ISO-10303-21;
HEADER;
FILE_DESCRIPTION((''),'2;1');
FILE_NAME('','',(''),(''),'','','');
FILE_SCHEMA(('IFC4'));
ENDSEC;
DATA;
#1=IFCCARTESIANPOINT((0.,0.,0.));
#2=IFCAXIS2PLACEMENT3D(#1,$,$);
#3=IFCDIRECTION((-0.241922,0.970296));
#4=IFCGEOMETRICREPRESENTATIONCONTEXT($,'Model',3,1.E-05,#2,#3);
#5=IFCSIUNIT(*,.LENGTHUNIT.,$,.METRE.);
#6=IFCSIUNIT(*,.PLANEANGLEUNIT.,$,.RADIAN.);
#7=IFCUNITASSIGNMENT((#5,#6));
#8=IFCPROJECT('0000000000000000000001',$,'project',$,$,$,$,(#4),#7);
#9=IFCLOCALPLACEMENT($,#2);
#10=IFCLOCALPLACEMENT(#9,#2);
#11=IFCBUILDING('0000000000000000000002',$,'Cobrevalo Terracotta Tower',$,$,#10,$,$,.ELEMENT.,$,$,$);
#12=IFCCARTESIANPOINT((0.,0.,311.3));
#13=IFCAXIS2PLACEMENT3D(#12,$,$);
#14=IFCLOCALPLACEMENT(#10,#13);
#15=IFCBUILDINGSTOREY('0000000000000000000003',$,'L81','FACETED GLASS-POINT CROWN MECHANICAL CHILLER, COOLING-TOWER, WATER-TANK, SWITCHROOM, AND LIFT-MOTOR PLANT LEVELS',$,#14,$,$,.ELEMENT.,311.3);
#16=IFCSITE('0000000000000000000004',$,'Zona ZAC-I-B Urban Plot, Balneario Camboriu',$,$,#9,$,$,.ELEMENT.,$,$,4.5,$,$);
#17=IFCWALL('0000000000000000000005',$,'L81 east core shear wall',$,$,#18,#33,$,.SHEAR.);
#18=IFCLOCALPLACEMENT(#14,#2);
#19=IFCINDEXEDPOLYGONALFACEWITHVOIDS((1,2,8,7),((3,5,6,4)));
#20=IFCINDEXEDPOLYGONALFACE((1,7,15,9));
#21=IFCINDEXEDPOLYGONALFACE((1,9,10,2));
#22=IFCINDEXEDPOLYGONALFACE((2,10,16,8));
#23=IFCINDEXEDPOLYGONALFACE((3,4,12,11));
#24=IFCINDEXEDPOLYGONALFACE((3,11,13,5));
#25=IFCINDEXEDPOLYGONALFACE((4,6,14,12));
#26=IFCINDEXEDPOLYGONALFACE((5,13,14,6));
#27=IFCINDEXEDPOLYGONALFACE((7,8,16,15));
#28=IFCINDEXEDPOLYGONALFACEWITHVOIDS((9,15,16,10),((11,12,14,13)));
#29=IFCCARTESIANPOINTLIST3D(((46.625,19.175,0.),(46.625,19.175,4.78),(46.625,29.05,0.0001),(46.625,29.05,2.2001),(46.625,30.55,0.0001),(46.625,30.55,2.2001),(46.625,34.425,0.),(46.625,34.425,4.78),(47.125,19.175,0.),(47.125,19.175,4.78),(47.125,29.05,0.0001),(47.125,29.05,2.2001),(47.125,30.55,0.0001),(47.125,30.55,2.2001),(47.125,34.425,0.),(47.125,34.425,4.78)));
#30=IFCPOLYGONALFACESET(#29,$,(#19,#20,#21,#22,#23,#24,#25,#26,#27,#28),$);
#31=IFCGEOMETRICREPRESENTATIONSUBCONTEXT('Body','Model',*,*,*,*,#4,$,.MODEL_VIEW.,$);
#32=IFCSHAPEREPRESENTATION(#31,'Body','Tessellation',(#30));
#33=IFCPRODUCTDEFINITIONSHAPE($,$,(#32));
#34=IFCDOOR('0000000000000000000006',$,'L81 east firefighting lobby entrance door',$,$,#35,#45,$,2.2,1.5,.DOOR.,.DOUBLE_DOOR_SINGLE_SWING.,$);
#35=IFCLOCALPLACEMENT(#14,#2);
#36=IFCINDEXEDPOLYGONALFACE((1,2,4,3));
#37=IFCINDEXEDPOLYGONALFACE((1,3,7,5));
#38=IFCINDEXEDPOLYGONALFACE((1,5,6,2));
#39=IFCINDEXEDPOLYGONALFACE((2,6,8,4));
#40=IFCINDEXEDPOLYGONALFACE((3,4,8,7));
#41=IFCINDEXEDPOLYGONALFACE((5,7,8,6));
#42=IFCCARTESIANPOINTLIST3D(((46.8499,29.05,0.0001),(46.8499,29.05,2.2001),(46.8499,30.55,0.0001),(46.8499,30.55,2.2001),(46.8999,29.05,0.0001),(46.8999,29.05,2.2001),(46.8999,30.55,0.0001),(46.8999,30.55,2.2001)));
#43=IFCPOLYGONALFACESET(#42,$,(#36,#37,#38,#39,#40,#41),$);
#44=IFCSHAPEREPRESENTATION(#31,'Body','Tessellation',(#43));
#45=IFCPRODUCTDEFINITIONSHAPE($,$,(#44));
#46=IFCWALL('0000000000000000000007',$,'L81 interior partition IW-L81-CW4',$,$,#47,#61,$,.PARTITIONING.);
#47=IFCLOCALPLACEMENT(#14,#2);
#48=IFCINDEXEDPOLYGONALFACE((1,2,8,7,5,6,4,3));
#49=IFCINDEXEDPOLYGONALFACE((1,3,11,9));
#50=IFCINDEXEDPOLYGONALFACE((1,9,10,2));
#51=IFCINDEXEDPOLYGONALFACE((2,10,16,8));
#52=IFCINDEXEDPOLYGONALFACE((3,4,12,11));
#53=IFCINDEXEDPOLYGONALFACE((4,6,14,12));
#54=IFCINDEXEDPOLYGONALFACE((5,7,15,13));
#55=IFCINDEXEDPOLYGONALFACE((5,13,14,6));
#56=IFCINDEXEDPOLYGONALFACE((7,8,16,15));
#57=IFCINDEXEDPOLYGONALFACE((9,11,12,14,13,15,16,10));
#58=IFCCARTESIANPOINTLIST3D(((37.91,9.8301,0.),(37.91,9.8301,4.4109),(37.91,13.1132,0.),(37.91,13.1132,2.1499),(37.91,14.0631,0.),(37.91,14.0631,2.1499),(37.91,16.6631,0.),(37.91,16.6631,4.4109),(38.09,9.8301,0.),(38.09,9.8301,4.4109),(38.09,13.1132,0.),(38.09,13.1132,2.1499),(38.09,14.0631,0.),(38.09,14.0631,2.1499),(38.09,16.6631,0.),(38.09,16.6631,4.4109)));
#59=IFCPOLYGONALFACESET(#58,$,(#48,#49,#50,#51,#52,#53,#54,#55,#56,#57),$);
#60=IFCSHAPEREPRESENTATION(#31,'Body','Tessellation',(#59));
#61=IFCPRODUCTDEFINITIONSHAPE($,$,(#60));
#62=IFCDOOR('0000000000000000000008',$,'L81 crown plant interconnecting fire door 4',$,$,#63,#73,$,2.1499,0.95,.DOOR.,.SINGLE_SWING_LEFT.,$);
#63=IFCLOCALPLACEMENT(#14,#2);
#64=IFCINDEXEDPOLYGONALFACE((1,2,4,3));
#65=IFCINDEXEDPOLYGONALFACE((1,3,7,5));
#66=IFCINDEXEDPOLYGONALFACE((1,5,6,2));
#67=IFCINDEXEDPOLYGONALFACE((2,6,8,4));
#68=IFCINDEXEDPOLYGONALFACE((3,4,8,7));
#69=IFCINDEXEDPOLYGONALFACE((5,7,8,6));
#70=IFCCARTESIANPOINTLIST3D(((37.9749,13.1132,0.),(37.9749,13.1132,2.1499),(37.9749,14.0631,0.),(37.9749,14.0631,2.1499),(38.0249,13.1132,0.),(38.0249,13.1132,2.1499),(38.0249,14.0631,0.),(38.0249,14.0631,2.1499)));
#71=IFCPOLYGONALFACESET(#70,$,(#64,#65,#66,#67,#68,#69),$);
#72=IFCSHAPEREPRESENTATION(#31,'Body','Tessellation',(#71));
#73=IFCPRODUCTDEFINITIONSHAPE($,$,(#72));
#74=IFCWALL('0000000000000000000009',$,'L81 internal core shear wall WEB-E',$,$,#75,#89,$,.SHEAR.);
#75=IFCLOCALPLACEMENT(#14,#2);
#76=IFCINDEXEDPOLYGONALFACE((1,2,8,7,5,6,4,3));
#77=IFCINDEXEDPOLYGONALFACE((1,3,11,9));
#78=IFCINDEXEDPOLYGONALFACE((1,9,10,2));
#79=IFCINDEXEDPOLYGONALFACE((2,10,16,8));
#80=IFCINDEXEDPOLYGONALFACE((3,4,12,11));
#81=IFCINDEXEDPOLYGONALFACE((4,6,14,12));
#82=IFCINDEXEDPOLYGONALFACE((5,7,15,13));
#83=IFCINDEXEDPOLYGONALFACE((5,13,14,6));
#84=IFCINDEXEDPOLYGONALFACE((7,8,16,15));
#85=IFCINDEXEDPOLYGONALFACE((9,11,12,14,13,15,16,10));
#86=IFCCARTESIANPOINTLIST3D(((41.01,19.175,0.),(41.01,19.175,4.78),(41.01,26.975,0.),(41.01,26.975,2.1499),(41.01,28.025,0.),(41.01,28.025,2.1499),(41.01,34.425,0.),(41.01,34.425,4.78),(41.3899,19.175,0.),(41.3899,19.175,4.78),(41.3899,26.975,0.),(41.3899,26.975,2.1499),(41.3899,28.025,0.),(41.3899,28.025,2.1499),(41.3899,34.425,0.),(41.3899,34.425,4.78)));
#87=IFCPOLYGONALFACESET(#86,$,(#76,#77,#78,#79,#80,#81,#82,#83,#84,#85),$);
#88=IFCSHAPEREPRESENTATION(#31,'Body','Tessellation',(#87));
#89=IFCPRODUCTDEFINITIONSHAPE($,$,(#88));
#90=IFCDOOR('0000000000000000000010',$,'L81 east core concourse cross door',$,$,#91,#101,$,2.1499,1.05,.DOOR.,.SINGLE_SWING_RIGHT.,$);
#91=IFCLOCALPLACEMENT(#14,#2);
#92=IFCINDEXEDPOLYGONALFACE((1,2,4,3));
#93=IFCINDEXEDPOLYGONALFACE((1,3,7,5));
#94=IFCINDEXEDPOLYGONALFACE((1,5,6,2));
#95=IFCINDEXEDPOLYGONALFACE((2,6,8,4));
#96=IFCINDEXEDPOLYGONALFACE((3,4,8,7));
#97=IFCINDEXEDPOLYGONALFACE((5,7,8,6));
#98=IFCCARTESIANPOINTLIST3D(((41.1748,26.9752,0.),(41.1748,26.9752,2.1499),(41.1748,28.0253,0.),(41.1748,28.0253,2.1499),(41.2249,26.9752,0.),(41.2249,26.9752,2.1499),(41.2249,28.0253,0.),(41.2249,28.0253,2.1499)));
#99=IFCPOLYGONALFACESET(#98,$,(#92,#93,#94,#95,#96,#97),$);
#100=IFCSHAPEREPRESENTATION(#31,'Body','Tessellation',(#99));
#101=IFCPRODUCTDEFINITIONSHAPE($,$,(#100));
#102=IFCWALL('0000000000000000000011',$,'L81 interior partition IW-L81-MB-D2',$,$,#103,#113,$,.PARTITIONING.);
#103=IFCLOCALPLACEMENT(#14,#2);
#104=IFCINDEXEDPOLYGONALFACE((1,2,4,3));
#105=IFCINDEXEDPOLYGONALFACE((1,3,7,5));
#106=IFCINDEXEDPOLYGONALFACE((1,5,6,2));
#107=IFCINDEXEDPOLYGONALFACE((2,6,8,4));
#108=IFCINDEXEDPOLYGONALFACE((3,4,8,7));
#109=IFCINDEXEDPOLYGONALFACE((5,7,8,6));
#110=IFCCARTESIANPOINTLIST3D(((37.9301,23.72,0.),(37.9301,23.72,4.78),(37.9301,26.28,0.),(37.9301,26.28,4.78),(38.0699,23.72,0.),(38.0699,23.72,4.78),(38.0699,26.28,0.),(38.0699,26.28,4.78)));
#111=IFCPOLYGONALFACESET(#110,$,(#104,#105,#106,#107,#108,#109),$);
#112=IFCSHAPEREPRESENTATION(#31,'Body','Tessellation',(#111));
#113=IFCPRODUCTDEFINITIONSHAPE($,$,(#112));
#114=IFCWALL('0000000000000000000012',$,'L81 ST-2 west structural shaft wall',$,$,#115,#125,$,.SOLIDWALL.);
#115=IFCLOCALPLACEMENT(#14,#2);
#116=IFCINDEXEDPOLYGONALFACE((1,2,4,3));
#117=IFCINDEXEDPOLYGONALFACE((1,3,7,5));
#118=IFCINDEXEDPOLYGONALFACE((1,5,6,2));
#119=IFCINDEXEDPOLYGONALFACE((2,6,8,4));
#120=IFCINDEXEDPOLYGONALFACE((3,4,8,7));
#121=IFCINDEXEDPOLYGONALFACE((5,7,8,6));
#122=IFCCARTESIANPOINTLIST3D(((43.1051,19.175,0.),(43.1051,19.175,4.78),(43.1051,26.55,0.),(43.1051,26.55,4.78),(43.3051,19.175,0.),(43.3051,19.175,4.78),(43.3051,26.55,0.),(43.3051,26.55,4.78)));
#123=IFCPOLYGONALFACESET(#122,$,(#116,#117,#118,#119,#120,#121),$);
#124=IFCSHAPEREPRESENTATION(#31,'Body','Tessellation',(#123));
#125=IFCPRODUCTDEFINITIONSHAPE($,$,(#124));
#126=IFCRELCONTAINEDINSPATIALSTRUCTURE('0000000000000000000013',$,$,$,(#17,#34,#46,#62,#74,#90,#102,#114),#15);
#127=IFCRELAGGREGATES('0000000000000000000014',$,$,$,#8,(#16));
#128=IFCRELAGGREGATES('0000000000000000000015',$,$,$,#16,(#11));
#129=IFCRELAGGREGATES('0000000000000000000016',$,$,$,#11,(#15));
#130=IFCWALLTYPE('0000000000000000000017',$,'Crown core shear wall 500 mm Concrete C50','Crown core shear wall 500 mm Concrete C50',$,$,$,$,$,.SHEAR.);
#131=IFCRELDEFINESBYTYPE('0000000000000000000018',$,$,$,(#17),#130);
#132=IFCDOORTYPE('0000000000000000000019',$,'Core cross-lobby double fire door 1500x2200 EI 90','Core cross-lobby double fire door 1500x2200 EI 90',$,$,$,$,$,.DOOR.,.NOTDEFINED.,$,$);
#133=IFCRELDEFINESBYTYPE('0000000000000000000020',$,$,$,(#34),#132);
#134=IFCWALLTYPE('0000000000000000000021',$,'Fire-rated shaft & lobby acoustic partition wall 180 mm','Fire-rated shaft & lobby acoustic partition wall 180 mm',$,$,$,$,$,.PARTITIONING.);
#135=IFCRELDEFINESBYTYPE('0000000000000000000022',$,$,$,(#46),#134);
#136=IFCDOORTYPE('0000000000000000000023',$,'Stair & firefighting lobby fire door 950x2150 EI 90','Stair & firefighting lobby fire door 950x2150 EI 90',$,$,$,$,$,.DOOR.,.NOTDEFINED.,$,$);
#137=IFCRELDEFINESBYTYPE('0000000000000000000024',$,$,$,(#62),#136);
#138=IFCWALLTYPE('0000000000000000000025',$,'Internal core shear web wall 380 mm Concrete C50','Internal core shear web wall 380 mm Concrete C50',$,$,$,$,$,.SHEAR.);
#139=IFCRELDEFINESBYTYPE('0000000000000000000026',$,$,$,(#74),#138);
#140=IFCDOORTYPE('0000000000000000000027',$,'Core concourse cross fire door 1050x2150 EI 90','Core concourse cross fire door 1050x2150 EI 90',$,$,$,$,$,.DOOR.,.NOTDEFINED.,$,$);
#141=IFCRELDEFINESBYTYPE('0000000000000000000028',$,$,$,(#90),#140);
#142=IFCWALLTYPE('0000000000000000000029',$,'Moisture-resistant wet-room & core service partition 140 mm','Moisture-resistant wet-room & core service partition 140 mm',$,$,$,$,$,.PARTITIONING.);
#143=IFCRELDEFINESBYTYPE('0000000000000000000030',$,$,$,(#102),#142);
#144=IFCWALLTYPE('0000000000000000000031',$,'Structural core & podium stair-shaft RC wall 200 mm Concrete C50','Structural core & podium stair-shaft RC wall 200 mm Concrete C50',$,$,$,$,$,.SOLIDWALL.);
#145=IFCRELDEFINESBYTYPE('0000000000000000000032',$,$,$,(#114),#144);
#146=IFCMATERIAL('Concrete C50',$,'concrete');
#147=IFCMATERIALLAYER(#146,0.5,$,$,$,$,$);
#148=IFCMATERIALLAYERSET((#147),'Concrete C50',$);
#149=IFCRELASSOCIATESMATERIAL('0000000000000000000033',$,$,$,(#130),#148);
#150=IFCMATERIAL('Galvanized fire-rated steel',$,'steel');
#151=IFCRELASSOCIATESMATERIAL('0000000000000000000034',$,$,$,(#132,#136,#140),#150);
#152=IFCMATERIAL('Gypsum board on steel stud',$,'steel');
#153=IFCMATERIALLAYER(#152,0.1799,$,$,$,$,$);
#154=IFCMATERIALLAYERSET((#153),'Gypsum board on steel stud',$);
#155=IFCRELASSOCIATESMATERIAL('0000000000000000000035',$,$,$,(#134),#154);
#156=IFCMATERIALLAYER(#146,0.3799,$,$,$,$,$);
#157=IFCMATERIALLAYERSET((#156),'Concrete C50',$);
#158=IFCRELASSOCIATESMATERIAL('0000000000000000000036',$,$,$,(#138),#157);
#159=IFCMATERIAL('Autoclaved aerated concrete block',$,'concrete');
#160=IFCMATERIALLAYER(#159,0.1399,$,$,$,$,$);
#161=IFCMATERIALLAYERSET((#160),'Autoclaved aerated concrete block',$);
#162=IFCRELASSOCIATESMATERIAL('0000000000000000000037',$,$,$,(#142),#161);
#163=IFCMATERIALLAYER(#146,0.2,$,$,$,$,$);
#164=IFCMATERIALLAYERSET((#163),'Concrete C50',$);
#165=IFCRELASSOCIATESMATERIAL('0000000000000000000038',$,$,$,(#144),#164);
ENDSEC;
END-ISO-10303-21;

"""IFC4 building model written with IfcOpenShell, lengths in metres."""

from ifc_helpers import new_model, si_unit, direction, frame, frame_2d, origin, place, context, subcontext, project, spatial, rectangle, extrude, source, transform, mapped, material, layer, layer_set, type_object, element, fill, save


model = new_model("IFC4")

# Units and contexts
model_context = context("Model", 3, precision=1e-05, world=origin(), true_north=direction((-0.241922, 0.970296)))
body_context = subcontext(model_context, "Body", "Model", "MODEL_VIEW")
ifc_project = project(units=[si_unit("LENGTHUNIT", "METRE"), si_unit("PLANEANGLEUNIT", "RADIAN")], contexts=[model_context])

# Site, building, storey
site_placement = place(None, origin())
site = spatial("IfcSite", under=ifc_project, at=site_placement, Name="Zona ZAC-I-B Urban Plot, Balneario Camboriu", CompositionType="ELEMENT", RefElevation=4.5)
building_placement = place(site_placement, origin())
building = spatial("IfcBuilding", under=site, at=building_placement, Name="Cobrevalo Terracotta Tower", CompositionType="ELEMENT")
storey_placement = place(building_placement, frame((0.0, 0.0, 311.3)))
storey = spatial("IfcBuildingStorey", under=building, at=storey_placement, Name="L81", Description="FACETED GLASS-POINT CROWN MECHANICAL CHILLER, COOLING-TOWER, WATER-TANK, SWITCHROOM, AND LIFT-MOTOR PLANT LEVELS", CompositionType="ELEMENT", Elevation=311.3)

# Walls, openings, doors
ifc_material_1 = material(Name="Concrete C50", Category="concrete")
ifc_layer_1 = layer(ifc_material_1, 0.5)
ifc_layer_set_1 = layer_set([ifc_layer_1], Name="Concrete C50")
wall_type_1 = type_object("IfcWallType", Name="Crown core shear wall 500 mm Concrete C50", Description="Crown core shear wall 500 mm Concrete C50", PredefinedType="SHEAR", material=ifc_layer_set_1)
wall_1_placement = place(storey_placement, frame((46.875, 19.175, 0.0), z_axis=(0.0, 0.0, 1.0), x_axis=(0.0, 1.0, 0.0)))
wall_1 = element("IfcWall", 1, at=wall_1_placement, inside=storey, type_object=wall_type_1, Name="L81 east core shear wall", PredefinedType="SHEAR", context=body_context, shape_type="SweptSolid", body=[
    extrude(rectangle(XDim=15.25, YDim=0.5, at=frame_2d((7.625, 0.0))), origin(), (0.0, 0.0, 1.0), 4.78),
])
opening_1_placement = place(wall_1_placement, frame((9.875, 0.0, 0.0)))
opening_1 = element("IfcOpeningElement", 2, at=opening_1_placement, cuts=wall_1, PredefinedType="OPENING", context=body_context, shape_type="SweptSolid", body=[
    extrude(rectangle(XDim=1.5, YDim=2.2, at=frame_2d((0.75, 1.1001))), frame((0.0, 0.26, 0.0), z_axis=(0.0, -1.0, 0.0), x_axis=(1.0, 0.0, 0.0)), (0.0, 0.0, 1.0), 0.52),
])
ifc_material_2 = material(Name="Galvanized fire-rated steel", Category="steel")
door_type_1 = type_object("IfcDoorType", Name="Core cross-lobby double fire door 1500x2200 EI 90", Description="Core cross-lobby double fire door 1500x2200 EI 90", OperationType="NOTDEFINED", PredefinedType="DOOR", material=ifc_material_2)
shared_shape_1 = source(origin(), body_context, "Body", "SweptSolid", [
    extrude(rectangle(XDim=1.5, YDim=2.2, at=frame_2d((0.75, 1.1001))), frame((0.0, 0.0249, 0.0), z_axis=(0.0, -1.0, 0.0), x_axis=(1.0, 0.0, 0.0)), (0.0, 0.0, 1.0), 0.05),
])
door_1_placement = place(opening_1_placement, frame((1.5, 0.0, 0.0), z_axis=(0.0, 0.0, 1.0), x_axis=(-1.0, 0.0, 0.0)))
door_1 = element("IfcDoor", 3, at=door_1_placement, inside=storey, type_object=door_type_1, Name="L81 east firefighting lobby entrance door", OperationType="DOUBLE_DOOR_SINGLE_SWING", OverallHeight=2.2, OverallWidth=1.5, PredefinedType="DOOR", context=body_context, shape_type="MappedRepresentation", body=[
    mapped(shared_shape_1, transform((0.0, 0.0, 0.0), scale=1.0)),
])
fill(opening_1, door_1)
ifc_material_3 = material(Name="Gypsum board on steel stud", Category="steel")
ifc_layer_2 = layer(ifc_material_3, 0.1799)
ifc_layer_set_2 = layer_set([ifc_layer_2], Name="Gypsum board on steel stud")
wall_type_2 = type_object("IfcWallType", Name="Fire-rated shaft & lobby acoustic partition wall 180 mm", Description="Fire-rated shaft & lobby acoustic partition wall 180 mm", PredefinedType="PARTITIONING", material=ifc_layer_set_2)
wall_2_placement = place(storey_placement, frame((38.0, 16.6631, 0.0), z_axis=(0.0, 0.0, 1.0), x_axis=(0.0, -1.0, 0.0)))
wall_2 = element("IfcWall", 4, at=wall_2_placement, inside=storey, type_object=wall_type_2, Name="L81 interior partition IW-L81-CW4", PredefinedType="PARTITIONING", context=body_context, shape_type="SweptSolid", body=[
    extrude(rectangle(XDim=6.833, YDim=0.1799, at=frame_2d((3.4165, 0.0))), origin(), (0.0, 0.0, 1.0), 4.4109),
])
opening_2_placement = place(wall_2_placement, frame((2.5999, 0.0, 0.0)))
opening_2 = element("IfcOpeningElement", 5, at=opening_2_placement, cuts=wall_2, PredefinedType="OPENING", context=body_context, shape_type="SweptSolid", body=[
    extrude(rectangle(XDim=0.95, YDim=2.1499, at=frame_2d((0.4751, 1.075))), frame((0.0, 0.1001, 0.0), z_axis=(0.0, -1.0, 0.0), x_axis=(1.0, 0.0, 0.0)), (0.0, 0.0, 1.0), 0.2),
])
door_type_2 = type_object("IfcDoorType", Name="Stair & firefighting lobby fire door 950x2150 EI 90", Description="Stair & firefighting lobby fire door 950x2150 EI 90", OperationType="NOTDEFINED", PredefinedType="DOOR", material=ifc_material_2)
shared_shape_2 = source(origin(), body_context, "Body", "SweptSolid", [
    extrude(rectangle(XDim=0.95, YDim=2.1499, at=frame_2d((0.4751, 1.075))), frame((0.0, 0.0249, 0.0), z_axis=(0.0, -1.0, 0.0), x_axis=(1.0, 0.0, 0.0)), (0.0, 0.0, 1.0), 0.05),
])
door_2_placement = place(opening_2_placement, origin())
door_2 = element("IfcDoor", 6, at=door_2_placement, inside=storey, type_object=door_type_2, Name="L81 crown plant interconnecting fire door 4", OperationType="SINGLE_SWING_LEFT", OverallHeight=2.1499, OverallWidth=0.95, PredefinedType="DOOR", context=body_context, shape_type="MappedRepresentation", body=[
    mapped(shared_shape_2, transform((0.0, 0.0, 0.0), scale=1.0)),
])
fill(opening_2, door_2)
ifc_layer_3 = layer(ifc_material_1, 0.3799)
ifc_layer_set_3 = layer_set([ifc_layer_3], Name="Concrete C50")
wall_type_3 = type_object("IfcWallType", Name="Internal core shear web wall 380 mm Concrete C50", Description="Internal core shear web wall 380 mm Concrete C50", PredefinedType="SHEAR", material=ifc_layer_set_3)
wall_3_placement = place(storey_placement, frame((41.2, 19.175, 0.0), z_axis=(0.0, 0.0, 1.0), x_axis=(0.0, 1.0, 0.0)))
wall_3 = element("IfcWall", 7, at=wall_3_placement, inside=storey, type_object=wall_type_3, Name="L81 internal core shear wall WEB-E", PredefinedType="SHEAR", context=body_context, shape_type="SweptSolid", body=[
    extrude(rectangle(XDim=15.25, YDim=0.3799, at=frame_2d((7.625, 0.0))), origin(), (0.0, 0.0, 1.0), 4.78),
])
opening_3_placement = place(wall_3_placement, frame((7.8, 0.0, 0.0)))
opening_3 = element("IfcOpeningElement", 8, at=opening_3_placement, cuts=wall_3, PredefinedType="OPENING", context=body_context, shape_type="SweptSolid", body=[
    extrude(rectangle(XDim=1.05, YDim=2.1499, at=frame_2d((0.5249, 1.075))), frame((0.0, 0.2, 0.0), z_axis=(0.0, -1.0, 0.0), x_axis=(1.0, 0.0, 0.0)), (0.0, 0.0, 1.0), 0.3999),
])
door_type_3 = type_object("IfcDoorType", Name="Core concourse cross fire door 1050x2150 EI 90", Description="Core concourse cross fire door 1050x2150 EI 90", OperationType="NOTDEFINED", PredefinedType="DOOR", material=ifc_material_2)
shared_shape_3 = source(origin(), body_context, "Body", "SweptSolid", [
    extrude(rectangle(XDim=1.05, YDim=2.1499, at=frame_2d((0.5249, 1.075))), frame((0.0, 0.0249, 0.0), z_axis=(0.0, -1.0, 0.0), x_axis=(1.0, 0.0, 0.0)), (0.0, 0.0, 1.0), 0.05),
])
door_3_placement = place(opening_3_placement, frame((1.05, 0.0, 0.0), z_axis=(0.0, 0.0, 1.0), x_axis=(-1.0, 0.0, 0.0)))
door_3 = element("IfcDoor", 9, at=door_3_placement, inside=storey, type_object=door_type_3, Name="L81 east core concourse cross door", OperationType="SINGLE_SWING_RIGHT", OverallHeight=2.1499, OverallWidth=1.05, PredefinedType="DOOR", context=body_context, shape_type="MappedRepresentation", body=[
    mapped(shared_shape_3, transform((0.0, 0.0, 0.0), scale=1.0)),
])
fill(opening_3, door_3)

# Walls
ifc_material_4 = material(Name="Autoclaved aerated concrete block", Category="concrete")
ifc_layer_4 = layer(ifc_material_4, 0.1399)
ifc_layer_set_4 = layer_set([ifc_layer_4], Name="Autoclaved aerated concrete block")
wall_type_4 = type_object("IfcWallType", Name="Moisture-resistant wet-room & core service partition 140 mm", Description="Moisture-resistant wet-room & core service partition 140 mm", PredefinedType="PARTITIONING", material=ifc_layer_set_4)
wall_4_placement = place(storey_placement, frame((38.0, 23.72, 0.0), z_axis=(0.0, 0.0, 1.0), x_axis=(0.0, 1.0, 0.0)))
element("IfcWall", 10, at=wall_4_placement, inside=storey, type_object=wall_type_4, Name="L81 interior partition IW-L81-MB-D2", PredefinedType="PARTITIONING", context=body_context, shape_type="SweptSolid", body=[
    extrude(rectangle(XDim=2.5601, YDim=0.1399, at=frame_2d((1.28, 0.0))), origin(), (0.0, 0.0, 1.0), 4.78),
])
ifc_layer_5 = layer(ifc_material_1, 0.2)
ifc_layer_set_5 = layer_set([ifc_layer_5], Name="Concrete C50")
wall_type_5 = type_object("IfcWallType", Name="Structural core & podium stair-shaft RC wall 200 mm Concrete C50", Description="Structural core & podium stair-shaft RC wall 200 mm Concrete C50", PredefinedType="SOLIDWALL", material=ifc_layer_set_5)
wall_5_placement = place(storey_placement, frame((43.2051, 19.175, 0.0), z_axis=(0.0, 0.0, 1.0), x_axis=(0.0, 1.0, 0.0)))
element("IfcWall", 11, at=wall_5_placement, inside=storey, type_object=wall_type_5, Name="L81 ST-2 west structural shaft wall", PredefinedType="SOLIDWALL", context=body_context, shape_type="SweptSolid", body=[
    extrude(rectangle(XDim=7.375, YDim=0.2, at=frame_2d((3.6875, 0.0))), origin(), (0.0, 0.0, 1.0), 4.78),
])

save(model, "model.ifc")
